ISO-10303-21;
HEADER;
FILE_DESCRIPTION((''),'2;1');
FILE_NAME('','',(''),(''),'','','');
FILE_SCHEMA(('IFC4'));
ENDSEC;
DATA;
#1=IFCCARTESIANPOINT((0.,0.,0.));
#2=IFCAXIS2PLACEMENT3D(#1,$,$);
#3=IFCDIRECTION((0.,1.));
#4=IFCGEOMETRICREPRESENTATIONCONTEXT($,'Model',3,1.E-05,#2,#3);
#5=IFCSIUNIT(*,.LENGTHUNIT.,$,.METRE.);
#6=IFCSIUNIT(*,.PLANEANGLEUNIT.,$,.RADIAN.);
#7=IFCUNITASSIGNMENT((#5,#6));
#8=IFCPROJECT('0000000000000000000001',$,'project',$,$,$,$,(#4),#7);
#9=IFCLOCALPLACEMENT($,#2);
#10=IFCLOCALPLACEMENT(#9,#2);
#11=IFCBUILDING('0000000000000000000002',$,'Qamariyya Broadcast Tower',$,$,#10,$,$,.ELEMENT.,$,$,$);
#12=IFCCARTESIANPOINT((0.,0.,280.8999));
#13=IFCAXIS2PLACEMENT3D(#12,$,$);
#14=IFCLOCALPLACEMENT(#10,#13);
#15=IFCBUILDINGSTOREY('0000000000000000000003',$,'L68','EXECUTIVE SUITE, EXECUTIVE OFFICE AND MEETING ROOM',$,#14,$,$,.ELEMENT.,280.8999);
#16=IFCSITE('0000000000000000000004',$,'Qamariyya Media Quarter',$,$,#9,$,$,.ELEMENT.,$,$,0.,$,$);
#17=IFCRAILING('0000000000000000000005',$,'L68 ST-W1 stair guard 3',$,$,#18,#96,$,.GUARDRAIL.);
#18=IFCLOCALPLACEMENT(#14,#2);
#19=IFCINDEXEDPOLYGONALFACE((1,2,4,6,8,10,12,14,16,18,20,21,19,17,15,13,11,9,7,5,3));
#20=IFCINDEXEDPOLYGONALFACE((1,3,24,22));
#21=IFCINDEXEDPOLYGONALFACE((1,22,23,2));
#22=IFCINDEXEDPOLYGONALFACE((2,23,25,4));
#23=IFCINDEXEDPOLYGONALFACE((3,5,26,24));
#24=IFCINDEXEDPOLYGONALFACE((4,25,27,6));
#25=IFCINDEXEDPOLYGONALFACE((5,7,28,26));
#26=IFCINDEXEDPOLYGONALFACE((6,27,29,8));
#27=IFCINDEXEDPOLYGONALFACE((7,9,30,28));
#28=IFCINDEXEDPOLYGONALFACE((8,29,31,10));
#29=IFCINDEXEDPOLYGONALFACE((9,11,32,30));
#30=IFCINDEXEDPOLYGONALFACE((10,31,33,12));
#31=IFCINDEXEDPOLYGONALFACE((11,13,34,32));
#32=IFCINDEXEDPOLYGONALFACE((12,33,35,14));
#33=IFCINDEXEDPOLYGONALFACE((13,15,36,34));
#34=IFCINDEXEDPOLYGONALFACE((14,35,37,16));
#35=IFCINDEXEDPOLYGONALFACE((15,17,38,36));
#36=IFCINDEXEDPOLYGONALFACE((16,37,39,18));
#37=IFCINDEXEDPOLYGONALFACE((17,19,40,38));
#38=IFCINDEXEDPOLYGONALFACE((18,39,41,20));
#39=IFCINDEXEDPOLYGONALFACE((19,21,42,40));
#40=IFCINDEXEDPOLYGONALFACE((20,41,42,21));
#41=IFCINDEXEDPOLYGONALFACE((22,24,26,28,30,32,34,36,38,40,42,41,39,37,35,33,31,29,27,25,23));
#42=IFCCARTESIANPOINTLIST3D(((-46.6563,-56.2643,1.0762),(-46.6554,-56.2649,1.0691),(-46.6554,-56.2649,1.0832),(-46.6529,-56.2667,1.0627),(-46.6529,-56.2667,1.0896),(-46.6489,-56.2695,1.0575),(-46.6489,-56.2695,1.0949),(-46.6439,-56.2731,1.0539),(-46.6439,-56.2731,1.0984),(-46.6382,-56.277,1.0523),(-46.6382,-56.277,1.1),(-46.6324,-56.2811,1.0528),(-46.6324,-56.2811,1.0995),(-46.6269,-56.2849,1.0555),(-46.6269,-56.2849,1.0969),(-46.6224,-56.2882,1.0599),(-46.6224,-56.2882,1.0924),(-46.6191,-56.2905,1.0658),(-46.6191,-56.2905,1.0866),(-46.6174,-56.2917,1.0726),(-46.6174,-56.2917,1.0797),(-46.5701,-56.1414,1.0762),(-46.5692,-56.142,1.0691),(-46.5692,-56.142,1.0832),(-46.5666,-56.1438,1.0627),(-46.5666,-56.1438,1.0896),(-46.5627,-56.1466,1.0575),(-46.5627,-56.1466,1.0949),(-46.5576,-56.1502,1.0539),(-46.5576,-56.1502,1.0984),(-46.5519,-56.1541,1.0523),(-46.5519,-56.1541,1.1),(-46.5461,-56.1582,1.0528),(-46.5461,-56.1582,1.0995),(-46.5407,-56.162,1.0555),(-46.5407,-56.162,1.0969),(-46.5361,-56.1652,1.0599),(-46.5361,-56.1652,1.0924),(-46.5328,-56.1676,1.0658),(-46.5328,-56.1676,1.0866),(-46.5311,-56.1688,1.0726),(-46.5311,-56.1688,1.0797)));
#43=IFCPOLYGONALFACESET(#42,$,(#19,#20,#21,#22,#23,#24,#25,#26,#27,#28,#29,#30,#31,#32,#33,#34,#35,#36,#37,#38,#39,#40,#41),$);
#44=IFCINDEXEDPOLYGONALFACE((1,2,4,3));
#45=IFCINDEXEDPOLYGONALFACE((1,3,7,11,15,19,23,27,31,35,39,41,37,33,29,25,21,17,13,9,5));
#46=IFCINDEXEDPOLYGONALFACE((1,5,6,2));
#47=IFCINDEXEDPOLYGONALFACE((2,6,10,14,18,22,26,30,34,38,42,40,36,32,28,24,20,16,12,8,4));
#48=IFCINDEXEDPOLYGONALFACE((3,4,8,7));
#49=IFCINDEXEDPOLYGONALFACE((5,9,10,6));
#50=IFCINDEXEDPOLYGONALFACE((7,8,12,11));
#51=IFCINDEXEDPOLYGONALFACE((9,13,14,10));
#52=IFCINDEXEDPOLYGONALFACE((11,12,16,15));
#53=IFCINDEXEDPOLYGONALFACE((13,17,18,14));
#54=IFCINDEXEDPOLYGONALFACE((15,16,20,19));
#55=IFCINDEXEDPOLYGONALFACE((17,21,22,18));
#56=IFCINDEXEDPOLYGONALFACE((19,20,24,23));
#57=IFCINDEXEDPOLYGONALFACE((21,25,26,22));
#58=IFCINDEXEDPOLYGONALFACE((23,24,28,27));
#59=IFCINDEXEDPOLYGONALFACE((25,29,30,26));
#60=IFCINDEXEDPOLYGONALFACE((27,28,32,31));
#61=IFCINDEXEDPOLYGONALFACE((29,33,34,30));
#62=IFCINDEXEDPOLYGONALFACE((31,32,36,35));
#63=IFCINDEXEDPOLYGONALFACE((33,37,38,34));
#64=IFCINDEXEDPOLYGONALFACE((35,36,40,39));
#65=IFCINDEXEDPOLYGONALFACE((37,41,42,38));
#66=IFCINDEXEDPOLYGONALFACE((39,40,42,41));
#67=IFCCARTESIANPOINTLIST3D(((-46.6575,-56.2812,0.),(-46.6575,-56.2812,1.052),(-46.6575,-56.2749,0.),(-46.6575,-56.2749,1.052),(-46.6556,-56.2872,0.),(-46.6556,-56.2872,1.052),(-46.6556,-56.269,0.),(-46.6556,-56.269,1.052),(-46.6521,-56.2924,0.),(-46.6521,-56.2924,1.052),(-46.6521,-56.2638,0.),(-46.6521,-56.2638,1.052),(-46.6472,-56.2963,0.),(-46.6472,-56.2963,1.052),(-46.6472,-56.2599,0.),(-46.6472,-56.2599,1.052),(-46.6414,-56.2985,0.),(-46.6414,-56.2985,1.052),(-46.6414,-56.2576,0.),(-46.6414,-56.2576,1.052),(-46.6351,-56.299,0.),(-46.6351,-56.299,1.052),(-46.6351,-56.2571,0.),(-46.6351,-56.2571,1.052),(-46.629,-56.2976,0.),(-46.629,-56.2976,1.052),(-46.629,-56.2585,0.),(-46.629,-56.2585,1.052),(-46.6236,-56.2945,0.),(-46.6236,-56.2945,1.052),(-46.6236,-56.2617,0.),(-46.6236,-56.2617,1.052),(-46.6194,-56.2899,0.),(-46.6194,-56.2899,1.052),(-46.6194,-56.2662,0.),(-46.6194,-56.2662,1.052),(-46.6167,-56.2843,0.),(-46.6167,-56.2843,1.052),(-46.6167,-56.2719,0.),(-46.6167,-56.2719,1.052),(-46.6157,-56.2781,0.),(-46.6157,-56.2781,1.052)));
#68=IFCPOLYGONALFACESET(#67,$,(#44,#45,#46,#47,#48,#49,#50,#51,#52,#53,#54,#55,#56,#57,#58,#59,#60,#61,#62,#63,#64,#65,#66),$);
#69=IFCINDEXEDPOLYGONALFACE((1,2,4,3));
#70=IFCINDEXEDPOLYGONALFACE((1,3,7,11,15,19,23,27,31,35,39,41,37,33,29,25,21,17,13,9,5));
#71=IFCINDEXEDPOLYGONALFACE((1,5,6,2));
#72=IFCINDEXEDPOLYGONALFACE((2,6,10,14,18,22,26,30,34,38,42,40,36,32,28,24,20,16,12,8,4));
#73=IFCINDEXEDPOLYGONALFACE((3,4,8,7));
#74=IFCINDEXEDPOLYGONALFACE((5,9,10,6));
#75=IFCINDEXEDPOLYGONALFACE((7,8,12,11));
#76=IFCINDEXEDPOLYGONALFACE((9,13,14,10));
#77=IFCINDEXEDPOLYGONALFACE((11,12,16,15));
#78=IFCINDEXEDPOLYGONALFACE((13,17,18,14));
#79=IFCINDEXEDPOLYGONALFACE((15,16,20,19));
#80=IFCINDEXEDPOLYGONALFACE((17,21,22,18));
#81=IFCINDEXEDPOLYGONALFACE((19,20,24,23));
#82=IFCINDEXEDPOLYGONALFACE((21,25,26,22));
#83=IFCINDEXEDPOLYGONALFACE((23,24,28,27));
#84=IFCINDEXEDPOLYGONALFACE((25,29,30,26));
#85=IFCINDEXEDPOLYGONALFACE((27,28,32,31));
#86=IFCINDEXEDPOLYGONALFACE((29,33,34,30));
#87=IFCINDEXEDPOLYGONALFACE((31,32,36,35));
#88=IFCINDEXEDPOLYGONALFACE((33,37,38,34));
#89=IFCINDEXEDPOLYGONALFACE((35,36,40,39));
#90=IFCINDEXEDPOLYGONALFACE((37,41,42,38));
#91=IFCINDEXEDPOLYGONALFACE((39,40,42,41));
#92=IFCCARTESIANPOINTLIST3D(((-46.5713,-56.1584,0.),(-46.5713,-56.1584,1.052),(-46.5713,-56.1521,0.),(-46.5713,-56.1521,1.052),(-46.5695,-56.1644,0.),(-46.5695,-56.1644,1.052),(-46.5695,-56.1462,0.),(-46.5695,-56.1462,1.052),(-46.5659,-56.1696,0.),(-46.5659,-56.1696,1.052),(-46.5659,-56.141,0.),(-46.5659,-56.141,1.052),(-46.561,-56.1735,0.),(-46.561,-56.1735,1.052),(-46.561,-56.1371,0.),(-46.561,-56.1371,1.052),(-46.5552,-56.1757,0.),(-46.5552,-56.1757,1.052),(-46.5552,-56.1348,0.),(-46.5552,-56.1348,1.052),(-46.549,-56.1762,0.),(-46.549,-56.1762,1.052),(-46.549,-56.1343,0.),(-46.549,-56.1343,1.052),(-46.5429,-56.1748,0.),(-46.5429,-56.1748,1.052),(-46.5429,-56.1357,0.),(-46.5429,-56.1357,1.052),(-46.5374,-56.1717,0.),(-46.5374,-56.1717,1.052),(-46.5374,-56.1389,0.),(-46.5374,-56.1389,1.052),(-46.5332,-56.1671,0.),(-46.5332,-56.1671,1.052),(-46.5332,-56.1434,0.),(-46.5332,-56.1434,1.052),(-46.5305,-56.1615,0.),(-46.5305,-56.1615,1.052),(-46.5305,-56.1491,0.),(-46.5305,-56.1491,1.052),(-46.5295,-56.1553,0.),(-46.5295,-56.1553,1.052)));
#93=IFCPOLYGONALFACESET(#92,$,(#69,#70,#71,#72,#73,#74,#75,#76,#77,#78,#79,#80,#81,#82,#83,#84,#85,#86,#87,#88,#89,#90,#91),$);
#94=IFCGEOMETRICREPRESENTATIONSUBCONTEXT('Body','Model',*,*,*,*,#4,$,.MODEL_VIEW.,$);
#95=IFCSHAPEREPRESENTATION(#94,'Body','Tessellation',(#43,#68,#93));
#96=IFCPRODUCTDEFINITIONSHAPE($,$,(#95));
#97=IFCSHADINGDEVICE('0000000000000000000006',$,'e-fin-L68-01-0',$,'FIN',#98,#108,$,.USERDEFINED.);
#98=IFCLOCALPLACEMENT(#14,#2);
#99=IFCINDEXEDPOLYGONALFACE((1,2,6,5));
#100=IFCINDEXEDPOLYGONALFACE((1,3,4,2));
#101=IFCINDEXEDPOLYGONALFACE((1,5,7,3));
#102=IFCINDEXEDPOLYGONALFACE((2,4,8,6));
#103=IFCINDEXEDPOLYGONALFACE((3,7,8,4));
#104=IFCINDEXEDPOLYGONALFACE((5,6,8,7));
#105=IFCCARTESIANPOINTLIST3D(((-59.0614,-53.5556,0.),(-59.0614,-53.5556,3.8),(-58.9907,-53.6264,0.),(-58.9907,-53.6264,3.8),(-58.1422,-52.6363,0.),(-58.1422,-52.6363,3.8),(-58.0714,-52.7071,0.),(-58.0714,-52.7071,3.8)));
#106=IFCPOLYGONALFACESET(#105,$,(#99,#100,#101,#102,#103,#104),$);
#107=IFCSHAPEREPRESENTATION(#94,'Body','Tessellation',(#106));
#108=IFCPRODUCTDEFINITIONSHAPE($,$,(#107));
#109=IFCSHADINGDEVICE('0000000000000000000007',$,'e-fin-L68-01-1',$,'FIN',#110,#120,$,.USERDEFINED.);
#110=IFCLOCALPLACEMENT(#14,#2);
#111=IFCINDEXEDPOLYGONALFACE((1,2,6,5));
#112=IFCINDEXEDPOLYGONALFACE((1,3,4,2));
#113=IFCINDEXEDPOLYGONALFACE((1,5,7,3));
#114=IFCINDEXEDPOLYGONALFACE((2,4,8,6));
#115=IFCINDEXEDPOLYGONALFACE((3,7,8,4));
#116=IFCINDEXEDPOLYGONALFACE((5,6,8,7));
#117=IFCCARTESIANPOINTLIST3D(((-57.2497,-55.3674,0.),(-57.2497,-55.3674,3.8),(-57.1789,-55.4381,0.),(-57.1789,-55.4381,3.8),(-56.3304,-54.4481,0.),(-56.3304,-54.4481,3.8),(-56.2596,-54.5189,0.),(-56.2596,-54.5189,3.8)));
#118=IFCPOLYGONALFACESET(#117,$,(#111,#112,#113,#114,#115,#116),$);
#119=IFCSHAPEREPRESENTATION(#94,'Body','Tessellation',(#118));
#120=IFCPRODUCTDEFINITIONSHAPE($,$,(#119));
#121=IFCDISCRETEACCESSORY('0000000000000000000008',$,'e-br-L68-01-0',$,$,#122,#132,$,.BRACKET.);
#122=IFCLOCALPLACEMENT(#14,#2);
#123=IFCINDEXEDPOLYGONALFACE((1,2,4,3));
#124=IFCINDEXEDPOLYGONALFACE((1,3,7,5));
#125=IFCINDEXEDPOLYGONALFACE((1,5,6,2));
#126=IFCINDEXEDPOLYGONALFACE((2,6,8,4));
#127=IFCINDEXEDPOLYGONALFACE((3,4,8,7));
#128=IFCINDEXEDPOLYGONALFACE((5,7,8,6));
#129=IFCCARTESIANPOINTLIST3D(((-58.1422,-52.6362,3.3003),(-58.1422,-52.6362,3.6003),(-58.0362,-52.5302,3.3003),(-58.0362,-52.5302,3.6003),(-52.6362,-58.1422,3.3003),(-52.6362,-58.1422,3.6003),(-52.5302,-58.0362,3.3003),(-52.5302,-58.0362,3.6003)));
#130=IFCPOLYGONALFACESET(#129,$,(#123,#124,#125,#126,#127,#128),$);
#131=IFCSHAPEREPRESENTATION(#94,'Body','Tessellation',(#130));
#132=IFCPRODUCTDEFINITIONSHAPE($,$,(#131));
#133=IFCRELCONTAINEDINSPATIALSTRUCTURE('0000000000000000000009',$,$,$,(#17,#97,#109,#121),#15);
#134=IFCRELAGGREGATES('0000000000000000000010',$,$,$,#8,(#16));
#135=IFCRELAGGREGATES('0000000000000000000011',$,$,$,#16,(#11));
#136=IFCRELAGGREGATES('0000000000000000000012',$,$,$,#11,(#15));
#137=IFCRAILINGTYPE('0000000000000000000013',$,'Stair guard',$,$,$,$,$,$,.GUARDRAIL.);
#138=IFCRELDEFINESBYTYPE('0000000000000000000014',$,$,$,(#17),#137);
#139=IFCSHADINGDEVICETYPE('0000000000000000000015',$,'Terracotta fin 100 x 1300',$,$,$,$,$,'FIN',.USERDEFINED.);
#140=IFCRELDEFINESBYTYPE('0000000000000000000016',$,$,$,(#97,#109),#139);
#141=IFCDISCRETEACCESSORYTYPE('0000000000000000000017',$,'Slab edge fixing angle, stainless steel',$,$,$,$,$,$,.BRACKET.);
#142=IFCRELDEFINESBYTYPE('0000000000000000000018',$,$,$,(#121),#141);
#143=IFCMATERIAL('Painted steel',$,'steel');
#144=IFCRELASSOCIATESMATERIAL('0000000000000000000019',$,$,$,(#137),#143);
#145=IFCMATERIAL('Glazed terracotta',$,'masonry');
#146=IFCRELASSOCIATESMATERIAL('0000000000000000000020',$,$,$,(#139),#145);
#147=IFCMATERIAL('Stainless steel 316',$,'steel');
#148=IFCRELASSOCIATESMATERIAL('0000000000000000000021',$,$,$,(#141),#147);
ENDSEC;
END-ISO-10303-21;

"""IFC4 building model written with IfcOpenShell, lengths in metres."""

from ifc_helpers import new_model, si_unit, direction, frame, origin, origin_2d, place, context, subcontext, project, spatial, rectangle, circle, extrude, material, material_profile, profile_set, type_object, element, save


model = new_model("IFC4")

# Units and contexts
model_context = context("Model", 3, precision=1e-05, world=origin(), true_north=direction((0.0, 1.0)))
body_context = subcontext(model_context, "Body", "Model", "MODEL_VIEW")
ifc_project = project(units=[si_unit("LENGTHUNIT", "METRE"), si_unit("PLANEANGLEUNIT", "RADIAN")], contexts=[model_context])

# Site, building, storey
site_placement = place(None, origin())
site = spatial("IfcSite", under=ifc_project, at=site_placement, Name="Qamariyya Media Quarter", CompositionType="ELEMENT", RefElevation=0.0)
building_placement = place(site_placement, origin())
building = spatial("IfcBuilding", under=site, at=building_placement, Name="Qamariyya Broadcast Tower", CompositionType="ELEMENT")
storey_placement = place(building_placement, frame((0.0, 0.0, 280.8999)))
storey = spatial("IfcBuildingStorey", under=building, at=storey_placement, Name="L68", Description="EXECUTIVE SUITE, EXECUTIVE OFFICE AND MEETING ROOM", CompositionType="ELEMENT", Elevation=280.8999)

# Railing
ifc_material_1 = material(Name="Painted steel", Category="steel")
railing_type = type_object("IfcRailingType", Name="Stair guard", PredefinedType="GUARDRAIL", material=ifc_material_1)
railing_1_placement = place(storey_placement, frame((-46.6367, -56.2781, 0.0)))
element("IfcRailing", 1, at=railing_1_placement, inside=storey, type_object=railing_type, Name="L68 ST-W1 stair guard 3", PredefinedType="GUARDRAIL", context=body_context, shape_type="SweptSolid", body=[
    extrude(circle(Radius=0.0239, at=origin_2d()), frame((0.0, 0.0, 1.0762), z_axis=(0.574445, 0.818543, 0.0), x_axis=(-0.818543, 0.574445, 0.0)), (0.0, 0.0, 1.0), 0.1501),
    extrude(circle(Radius=0.021, at=origin_2d()), origin(), (0.0, 0.0, 1.0), 1.052),
    extrude(circle(Radius=0.021, at=origin_2d()), frame((0.0862, 0.1228, 0.0)), (0.0, 0.0, 1.0), 1.052),
])

# Shading devices
ifc_material_2 = material(Name="Glazed terracotta", Category="masonry")
ifc_material_profile_1 = material_profile(ifc_material_2, rectangle(XDim=1.3, YDim=0.1001, at=origin_2d()))
ifc_profile_set_1 = profile_set([ifc_material_profile_1], Name="Glazed terracotta")
shading_device_type = type_object("IfcShadingDeviceType", Name="Terracotta fin 100 x 1300", ElementType="FIN", PredefinedType="USERDEFINED", material=ifc_profile_set_1)
for number, where, z_axis, x_axis, name in (
    (2, (-58.5664, -53.1313, 0.0), (0.0, 0.0, 1.0), (-0.707107, -0.707107, 0.0), "e-fin-L68-01-0"),
    (3, (-56.7546, -54.9431, 0.0), (0.0, 0.0, 1.0), (-0.707107, -0.707107, 0.0), "e-fin-L68-01-1"),
):
    element("IfcShadingDevice", number, at=place(storey_placement, frame(where, z_axis=z_axis, x_axis=x_axis)), inside=storey, type_object=shading_device_type, Name=name, ObjectType="FIN", PredefinedType="USERDEFINED", context=body_context, shape_type="SweptSolid", body=[
        extrude(rectangle(XDim=1.3, YDim=0.1001, at=origin_2d()), origin(), (0.0, 0.0, 1.0), 3.8),
    ])

# Discrete accessory
ifc_material_3 = material(Name="Stainless steel 316", Category="steel")
discrete_accessory_type = type_object("IfcDiscreteAccessoryType", Name="Slab edge fixing angle, stainless steel", PredefinedType="BRACKET", material=ifc_material_3)
discrete_accessory_placement = place(storey_placement, frame((-55.3362, -55.3362, 3.3003), z_axis=(0.0, 0.0, 1.0), x_axis=(0.707107, -0.707107, 0.0)))
element("IfcDiscreteAccessory", 4, at=discrete_accessory_placement, inside=storey, type_object=discrete_accessory_type, Name="e-br-L68-01-0", PredefinedType="BRACKET", context=body_context, shape_type="SweptSolid", body=[
    extrude(rectangle(XDim=7.7866, YDim=0.1499, at=origin_2d()), origin(), (0.0, 0.0, 1.0), 0.3),
])

save(model, "model.ifc")
